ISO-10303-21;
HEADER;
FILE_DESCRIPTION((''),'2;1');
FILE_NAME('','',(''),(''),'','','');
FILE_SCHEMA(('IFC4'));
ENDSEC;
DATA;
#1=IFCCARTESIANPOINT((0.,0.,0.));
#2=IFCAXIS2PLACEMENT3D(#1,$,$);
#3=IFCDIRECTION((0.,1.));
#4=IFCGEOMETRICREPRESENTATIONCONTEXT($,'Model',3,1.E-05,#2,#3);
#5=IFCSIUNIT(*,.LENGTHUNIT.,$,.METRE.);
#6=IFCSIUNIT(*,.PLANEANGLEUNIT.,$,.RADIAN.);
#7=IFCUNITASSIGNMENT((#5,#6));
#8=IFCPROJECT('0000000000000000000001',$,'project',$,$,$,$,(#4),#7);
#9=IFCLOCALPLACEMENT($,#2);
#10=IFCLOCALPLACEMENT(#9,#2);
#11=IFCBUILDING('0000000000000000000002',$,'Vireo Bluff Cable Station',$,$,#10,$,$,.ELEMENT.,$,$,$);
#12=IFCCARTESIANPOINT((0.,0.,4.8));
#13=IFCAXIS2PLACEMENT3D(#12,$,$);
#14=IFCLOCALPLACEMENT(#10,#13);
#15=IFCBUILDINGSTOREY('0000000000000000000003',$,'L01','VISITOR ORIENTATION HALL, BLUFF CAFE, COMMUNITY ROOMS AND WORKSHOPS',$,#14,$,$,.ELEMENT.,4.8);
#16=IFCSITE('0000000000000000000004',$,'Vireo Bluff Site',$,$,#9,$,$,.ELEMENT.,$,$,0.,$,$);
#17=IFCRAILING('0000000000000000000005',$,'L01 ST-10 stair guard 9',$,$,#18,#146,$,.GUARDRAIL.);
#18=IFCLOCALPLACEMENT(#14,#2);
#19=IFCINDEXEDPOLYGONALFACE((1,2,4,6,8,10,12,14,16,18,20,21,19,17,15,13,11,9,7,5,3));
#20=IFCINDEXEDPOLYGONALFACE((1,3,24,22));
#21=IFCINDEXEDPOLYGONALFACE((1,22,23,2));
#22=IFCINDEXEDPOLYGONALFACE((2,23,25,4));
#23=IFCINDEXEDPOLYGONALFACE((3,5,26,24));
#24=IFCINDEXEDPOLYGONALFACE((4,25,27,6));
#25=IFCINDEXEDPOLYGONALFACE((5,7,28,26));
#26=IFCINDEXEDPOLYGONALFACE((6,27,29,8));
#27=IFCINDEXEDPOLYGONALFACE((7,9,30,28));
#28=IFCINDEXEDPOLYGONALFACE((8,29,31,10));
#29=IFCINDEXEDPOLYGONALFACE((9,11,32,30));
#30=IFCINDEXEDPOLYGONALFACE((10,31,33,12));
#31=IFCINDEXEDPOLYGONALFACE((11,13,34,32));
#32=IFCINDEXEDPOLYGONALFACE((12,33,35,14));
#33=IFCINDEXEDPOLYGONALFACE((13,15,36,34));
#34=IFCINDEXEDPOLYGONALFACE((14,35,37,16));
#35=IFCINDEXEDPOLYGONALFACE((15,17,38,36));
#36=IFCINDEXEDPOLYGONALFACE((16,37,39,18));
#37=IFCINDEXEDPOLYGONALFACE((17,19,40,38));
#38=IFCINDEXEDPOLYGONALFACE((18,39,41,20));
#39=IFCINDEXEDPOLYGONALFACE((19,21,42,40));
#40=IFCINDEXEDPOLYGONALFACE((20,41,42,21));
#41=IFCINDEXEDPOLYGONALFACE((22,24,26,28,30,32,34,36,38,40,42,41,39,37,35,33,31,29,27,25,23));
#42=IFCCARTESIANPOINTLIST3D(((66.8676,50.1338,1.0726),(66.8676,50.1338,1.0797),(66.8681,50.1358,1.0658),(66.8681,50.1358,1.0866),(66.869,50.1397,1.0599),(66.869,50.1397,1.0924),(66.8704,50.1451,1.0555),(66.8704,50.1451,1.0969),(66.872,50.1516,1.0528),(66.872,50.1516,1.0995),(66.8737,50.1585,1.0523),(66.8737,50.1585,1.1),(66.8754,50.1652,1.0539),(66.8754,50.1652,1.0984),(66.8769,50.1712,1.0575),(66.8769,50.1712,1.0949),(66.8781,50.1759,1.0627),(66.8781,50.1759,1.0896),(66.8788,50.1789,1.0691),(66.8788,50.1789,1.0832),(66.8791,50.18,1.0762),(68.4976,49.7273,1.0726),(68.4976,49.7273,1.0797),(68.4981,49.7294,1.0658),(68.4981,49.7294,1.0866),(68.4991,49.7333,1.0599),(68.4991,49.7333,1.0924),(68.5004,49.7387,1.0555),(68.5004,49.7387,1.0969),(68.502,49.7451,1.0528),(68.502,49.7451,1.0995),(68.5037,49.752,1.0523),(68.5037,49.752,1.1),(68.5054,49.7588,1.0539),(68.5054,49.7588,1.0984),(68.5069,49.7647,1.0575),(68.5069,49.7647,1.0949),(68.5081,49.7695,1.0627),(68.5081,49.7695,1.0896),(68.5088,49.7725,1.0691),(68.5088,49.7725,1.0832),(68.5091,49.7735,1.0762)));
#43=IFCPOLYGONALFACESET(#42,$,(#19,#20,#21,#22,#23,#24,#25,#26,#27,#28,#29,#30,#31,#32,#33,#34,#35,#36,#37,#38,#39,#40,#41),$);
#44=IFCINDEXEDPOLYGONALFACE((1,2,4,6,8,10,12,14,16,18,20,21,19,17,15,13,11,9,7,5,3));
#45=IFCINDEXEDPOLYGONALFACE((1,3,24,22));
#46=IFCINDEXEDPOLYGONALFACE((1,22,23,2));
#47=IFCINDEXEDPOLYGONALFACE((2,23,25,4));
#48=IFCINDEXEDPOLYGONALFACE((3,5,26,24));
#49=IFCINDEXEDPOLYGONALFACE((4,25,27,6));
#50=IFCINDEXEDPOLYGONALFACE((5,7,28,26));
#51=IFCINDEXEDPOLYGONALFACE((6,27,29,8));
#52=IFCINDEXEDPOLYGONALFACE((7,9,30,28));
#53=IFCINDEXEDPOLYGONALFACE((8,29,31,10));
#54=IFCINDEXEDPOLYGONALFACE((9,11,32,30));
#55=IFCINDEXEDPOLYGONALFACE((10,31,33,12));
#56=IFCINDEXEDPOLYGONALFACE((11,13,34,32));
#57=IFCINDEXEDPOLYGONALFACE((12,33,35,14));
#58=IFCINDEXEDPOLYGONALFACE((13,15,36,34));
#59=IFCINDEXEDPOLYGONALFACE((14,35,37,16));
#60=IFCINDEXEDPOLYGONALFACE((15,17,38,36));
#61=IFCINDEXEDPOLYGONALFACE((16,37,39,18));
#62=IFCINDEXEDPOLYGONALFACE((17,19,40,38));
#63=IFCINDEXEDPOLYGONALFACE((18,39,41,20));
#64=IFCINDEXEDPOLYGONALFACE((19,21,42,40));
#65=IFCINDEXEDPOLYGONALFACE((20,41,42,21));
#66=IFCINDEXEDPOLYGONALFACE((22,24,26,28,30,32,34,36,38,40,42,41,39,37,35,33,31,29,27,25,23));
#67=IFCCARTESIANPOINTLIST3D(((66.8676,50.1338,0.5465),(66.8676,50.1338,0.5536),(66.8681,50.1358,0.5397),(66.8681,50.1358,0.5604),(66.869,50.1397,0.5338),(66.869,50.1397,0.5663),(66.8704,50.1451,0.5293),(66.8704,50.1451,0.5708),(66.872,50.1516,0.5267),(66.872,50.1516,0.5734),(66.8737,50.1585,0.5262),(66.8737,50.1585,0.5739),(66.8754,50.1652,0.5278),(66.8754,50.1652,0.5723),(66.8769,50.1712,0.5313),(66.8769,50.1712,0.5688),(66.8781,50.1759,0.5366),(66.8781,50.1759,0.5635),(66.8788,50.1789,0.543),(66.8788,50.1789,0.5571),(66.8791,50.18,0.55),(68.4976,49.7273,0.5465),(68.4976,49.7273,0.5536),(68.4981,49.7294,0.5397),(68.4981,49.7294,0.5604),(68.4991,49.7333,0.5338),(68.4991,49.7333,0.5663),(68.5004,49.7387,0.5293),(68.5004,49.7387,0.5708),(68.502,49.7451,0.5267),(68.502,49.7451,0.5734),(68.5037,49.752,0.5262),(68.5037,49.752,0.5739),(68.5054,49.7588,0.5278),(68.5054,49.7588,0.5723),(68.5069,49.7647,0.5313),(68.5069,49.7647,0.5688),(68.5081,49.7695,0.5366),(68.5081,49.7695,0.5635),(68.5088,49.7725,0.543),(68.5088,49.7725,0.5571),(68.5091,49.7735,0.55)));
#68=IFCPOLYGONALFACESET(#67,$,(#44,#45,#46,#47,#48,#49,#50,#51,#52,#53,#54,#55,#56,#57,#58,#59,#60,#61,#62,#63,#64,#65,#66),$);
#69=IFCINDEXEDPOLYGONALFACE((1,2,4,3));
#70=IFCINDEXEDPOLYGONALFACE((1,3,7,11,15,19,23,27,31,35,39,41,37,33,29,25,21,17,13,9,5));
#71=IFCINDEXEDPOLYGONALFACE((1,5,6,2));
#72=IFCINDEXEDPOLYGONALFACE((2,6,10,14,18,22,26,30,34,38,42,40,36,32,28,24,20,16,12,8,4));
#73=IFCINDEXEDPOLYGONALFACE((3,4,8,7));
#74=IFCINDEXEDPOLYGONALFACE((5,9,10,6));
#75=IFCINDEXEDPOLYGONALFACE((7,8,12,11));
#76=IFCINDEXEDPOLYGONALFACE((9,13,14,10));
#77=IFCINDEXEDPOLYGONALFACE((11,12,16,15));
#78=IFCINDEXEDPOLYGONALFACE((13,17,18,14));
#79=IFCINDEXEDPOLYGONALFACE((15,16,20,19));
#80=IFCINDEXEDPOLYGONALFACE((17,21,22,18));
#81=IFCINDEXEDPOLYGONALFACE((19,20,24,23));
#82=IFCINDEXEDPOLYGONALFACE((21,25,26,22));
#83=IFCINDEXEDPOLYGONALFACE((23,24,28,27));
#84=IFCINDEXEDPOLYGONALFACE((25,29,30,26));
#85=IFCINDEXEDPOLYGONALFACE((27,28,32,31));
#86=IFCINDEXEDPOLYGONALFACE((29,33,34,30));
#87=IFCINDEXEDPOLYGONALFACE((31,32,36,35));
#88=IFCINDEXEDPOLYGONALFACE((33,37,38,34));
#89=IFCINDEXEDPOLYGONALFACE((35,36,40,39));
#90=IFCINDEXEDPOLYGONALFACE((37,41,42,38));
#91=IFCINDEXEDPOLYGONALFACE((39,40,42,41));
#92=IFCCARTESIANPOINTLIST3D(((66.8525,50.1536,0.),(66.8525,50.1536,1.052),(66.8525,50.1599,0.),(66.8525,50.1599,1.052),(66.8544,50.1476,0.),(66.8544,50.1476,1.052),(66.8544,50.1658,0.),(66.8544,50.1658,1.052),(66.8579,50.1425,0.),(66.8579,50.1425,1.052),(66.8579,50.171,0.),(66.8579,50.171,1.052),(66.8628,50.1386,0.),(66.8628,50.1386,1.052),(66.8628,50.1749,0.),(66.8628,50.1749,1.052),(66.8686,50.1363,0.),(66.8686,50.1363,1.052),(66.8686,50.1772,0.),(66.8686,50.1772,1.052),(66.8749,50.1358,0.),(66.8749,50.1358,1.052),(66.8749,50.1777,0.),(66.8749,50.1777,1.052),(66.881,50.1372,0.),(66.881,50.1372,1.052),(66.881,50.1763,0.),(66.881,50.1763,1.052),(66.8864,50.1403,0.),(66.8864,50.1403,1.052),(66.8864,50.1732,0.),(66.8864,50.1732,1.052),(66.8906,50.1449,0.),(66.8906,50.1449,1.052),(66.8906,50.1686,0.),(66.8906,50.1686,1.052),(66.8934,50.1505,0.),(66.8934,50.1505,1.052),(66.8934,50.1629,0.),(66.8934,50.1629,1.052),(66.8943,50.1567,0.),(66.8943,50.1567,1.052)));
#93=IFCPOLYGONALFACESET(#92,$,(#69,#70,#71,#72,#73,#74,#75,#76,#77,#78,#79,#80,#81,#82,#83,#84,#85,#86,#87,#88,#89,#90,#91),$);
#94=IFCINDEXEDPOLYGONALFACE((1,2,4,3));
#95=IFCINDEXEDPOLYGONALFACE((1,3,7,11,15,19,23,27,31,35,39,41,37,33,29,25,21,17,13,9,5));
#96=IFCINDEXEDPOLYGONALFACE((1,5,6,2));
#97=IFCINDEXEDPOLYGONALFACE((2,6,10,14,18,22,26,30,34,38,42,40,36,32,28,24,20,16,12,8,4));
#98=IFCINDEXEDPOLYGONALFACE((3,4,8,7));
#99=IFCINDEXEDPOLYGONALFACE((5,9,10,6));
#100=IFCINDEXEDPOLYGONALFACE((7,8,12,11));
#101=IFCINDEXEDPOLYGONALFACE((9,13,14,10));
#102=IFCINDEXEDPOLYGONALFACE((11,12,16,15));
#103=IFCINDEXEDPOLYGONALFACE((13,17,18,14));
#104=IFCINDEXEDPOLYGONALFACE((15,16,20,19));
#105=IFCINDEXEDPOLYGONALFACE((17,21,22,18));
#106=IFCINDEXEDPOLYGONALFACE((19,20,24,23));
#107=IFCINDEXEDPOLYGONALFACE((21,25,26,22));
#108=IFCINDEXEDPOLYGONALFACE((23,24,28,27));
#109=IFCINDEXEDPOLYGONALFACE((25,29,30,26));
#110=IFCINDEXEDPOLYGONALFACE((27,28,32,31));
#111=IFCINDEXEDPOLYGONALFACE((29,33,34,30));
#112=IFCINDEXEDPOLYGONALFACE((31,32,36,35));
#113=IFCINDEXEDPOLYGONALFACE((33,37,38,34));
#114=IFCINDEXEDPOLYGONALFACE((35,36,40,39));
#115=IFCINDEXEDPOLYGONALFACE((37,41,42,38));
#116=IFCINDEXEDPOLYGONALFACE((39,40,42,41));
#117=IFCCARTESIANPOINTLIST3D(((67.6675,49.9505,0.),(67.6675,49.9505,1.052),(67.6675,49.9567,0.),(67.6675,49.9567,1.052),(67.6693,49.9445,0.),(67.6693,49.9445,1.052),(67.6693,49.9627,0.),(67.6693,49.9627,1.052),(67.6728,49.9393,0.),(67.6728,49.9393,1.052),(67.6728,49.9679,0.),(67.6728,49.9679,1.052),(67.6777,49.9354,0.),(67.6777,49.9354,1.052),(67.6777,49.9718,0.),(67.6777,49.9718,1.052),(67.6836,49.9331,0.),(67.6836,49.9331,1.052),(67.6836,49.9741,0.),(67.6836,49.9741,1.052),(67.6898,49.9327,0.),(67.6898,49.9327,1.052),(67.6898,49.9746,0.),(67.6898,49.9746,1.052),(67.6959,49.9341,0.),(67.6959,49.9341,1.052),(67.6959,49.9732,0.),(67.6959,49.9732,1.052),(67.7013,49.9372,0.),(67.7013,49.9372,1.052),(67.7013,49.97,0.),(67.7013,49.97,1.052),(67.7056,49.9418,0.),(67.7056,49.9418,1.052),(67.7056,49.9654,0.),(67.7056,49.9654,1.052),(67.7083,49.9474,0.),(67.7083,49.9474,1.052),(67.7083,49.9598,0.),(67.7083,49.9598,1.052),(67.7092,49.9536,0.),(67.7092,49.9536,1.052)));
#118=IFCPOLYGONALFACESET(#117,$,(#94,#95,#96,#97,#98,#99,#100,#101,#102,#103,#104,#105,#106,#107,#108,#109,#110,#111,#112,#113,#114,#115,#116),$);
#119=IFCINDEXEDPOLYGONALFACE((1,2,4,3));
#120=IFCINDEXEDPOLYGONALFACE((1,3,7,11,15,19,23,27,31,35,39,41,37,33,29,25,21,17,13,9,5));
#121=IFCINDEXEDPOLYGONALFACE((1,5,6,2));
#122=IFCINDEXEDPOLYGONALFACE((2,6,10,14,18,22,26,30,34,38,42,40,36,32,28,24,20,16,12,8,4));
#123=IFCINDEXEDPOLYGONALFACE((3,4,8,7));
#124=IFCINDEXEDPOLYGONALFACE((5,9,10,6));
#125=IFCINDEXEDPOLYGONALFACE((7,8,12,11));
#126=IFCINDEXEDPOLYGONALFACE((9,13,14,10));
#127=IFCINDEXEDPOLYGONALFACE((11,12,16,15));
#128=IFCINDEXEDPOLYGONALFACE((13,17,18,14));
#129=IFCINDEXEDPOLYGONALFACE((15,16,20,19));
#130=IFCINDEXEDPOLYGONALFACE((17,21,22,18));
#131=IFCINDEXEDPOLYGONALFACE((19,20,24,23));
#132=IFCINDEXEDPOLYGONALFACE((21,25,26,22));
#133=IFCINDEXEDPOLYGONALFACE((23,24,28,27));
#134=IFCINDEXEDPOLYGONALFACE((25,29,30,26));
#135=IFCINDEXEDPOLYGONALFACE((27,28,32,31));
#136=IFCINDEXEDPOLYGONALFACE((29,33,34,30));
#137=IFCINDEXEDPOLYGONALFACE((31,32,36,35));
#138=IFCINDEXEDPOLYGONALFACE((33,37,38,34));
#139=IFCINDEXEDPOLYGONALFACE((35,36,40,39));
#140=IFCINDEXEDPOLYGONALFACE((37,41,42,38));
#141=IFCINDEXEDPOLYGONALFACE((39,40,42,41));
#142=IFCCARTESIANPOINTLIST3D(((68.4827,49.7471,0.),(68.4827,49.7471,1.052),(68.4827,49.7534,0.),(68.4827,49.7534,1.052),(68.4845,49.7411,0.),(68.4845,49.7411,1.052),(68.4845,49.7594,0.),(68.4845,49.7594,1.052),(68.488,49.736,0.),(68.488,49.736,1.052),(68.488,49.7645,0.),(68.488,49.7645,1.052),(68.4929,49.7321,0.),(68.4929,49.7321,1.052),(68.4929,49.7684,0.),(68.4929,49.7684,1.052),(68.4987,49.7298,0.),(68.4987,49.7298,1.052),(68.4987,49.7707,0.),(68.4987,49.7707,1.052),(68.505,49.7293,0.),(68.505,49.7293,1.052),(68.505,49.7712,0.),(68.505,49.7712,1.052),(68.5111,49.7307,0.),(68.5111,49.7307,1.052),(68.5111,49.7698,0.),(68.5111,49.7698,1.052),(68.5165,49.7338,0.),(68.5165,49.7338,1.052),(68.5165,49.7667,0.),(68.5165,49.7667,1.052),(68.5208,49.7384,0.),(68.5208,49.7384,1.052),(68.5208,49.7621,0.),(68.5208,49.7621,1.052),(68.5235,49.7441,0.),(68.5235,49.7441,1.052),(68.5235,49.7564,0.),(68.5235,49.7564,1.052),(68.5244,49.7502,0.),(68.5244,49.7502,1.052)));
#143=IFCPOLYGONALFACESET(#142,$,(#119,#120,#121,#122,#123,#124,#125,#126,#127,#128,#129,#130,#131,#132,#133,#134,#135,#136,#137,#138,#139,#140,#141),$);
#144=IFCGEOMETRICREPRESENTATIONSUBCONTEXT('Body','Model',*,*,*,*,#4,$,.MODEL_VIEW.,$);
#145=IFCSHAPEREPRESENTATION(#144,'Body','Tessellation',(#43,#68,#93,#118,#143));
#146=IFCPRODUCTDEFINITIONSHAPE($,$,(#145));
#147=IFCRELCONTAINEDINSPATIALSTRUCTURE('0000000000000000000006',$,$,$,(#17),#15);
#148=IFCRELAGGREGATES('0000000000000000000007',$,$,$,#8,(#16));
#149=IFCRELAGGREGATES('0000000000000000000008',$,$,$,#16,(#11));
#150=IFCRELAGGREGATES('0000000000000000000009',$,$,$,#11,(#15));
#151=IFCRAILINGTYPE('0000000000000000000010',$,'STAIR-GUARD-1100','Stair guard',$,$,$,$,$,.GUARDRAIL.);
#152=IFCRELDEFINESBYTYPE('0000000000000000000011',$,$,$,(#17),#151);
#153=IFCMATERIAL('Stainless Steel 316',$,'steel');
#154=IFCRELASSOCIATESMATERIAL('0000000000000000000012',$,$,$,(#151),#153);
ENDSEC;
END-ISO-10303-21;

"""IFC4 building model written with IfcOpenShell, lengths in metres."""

from ifc_helpers import new_model, si_unit, direction, frame, origin, origin_2d, place, context, subcontext, project, spatial, circle, extrude, material, type_object, element, save


model = new_model("IFC4")

# Units and contexts
model_context = context("Model", 3, precision=1e-05, world=origin(), true_north=direction((0.0, 1.0)))
body_context = subcontext(model_context, "Body", "Model", "MODEL_VIEW")
ifc_project = project(units=[si_unit("LENGTHUNIT", "METRE"), si_unit("PLANEANGLEUNIT", "RADIAN")], contexts=[model_context])

# Site, building, storey
site_placement = place(None, origin())
site = spatial("IfcSite", under=ifc_project, at=site_placement, Name="Vireo Bluff Site", CompositionType="ELEMENT", RefElevation=0.0)
building_placement = place(site_placement, origin())
building = spatial("IfcBuilding", under=site, at=building_placement, Name="Vireo Bluff Cable Station", CompositionType="ELEMENT")
storey_placement = place(building_placement, frame((0.0, 0.0, 4.8)))
storey = spatial("IfcBuildingStorey", under=building, at=storey_placement, Name="L01", Description="VISITOR ORIENTATION HALL, BLUFF CAFE, COMMUNITY ROOMS AND WORKSHOPS", CompositionType="ELEMENT", Elevation=4.8)

# Railing
ifc_material_1 = material(Name="Stainless Steel 316", Category="steel")
railing_type = type_object("IfcRailingType", Name="STAIR-GUARD-1100", Description="Stair guard", PredefinedType="GUARDRAIL", material=ifc_material_1)
railing_1_placement = place(storey_placement, frame((66.8733, 50.1567, 0.0)))
element("IfcRailing", 1, at=railing_1_placement, inside=storey, type_object=railing_type, Name="L01 ST-10 stair guard 9", PredefinedType="GUARDRAIL", context=body_context, shape_type="SweptSolid", body=[
    extrude(circle(Radius=0.0239, at=origin_2d()), frame((0.0, 0.0, 1.0762), z_axis=(0.970288, -0.241954, 0.0), x_axis=(0.241954, 0.970288, 0.0)), (0.0, 0.0, 1.0), 1.6799),
    extrude(circle(Radius=0.0239, at=origin_2d()), frame((0.0, 0.0, 0.55), z_axis=(0.970288, -0.241954, 0.0), x_axis=(0.241954, 0.970288, 0.0)), (0.0, 0.0, 1.0), 1.6799),
    extrude(circle(Radius=0.021, at=origin_2d()), origin(), (0.0, 0.0, 1.0), 1.052),
    extrude(circle(Radius=0.021, at=origin_2d()), frame((0.8149, -0.2031, 0.0)), (0.0, 0.0, 1.0), 1.052),
    extrude(circle(Radius=0.021, at=origin_2d()), frame((1.6301, -0.4065, 0.0)), (0.0, 0.0, 1.0), 1.052),
])

save(model, "model.ifc")
